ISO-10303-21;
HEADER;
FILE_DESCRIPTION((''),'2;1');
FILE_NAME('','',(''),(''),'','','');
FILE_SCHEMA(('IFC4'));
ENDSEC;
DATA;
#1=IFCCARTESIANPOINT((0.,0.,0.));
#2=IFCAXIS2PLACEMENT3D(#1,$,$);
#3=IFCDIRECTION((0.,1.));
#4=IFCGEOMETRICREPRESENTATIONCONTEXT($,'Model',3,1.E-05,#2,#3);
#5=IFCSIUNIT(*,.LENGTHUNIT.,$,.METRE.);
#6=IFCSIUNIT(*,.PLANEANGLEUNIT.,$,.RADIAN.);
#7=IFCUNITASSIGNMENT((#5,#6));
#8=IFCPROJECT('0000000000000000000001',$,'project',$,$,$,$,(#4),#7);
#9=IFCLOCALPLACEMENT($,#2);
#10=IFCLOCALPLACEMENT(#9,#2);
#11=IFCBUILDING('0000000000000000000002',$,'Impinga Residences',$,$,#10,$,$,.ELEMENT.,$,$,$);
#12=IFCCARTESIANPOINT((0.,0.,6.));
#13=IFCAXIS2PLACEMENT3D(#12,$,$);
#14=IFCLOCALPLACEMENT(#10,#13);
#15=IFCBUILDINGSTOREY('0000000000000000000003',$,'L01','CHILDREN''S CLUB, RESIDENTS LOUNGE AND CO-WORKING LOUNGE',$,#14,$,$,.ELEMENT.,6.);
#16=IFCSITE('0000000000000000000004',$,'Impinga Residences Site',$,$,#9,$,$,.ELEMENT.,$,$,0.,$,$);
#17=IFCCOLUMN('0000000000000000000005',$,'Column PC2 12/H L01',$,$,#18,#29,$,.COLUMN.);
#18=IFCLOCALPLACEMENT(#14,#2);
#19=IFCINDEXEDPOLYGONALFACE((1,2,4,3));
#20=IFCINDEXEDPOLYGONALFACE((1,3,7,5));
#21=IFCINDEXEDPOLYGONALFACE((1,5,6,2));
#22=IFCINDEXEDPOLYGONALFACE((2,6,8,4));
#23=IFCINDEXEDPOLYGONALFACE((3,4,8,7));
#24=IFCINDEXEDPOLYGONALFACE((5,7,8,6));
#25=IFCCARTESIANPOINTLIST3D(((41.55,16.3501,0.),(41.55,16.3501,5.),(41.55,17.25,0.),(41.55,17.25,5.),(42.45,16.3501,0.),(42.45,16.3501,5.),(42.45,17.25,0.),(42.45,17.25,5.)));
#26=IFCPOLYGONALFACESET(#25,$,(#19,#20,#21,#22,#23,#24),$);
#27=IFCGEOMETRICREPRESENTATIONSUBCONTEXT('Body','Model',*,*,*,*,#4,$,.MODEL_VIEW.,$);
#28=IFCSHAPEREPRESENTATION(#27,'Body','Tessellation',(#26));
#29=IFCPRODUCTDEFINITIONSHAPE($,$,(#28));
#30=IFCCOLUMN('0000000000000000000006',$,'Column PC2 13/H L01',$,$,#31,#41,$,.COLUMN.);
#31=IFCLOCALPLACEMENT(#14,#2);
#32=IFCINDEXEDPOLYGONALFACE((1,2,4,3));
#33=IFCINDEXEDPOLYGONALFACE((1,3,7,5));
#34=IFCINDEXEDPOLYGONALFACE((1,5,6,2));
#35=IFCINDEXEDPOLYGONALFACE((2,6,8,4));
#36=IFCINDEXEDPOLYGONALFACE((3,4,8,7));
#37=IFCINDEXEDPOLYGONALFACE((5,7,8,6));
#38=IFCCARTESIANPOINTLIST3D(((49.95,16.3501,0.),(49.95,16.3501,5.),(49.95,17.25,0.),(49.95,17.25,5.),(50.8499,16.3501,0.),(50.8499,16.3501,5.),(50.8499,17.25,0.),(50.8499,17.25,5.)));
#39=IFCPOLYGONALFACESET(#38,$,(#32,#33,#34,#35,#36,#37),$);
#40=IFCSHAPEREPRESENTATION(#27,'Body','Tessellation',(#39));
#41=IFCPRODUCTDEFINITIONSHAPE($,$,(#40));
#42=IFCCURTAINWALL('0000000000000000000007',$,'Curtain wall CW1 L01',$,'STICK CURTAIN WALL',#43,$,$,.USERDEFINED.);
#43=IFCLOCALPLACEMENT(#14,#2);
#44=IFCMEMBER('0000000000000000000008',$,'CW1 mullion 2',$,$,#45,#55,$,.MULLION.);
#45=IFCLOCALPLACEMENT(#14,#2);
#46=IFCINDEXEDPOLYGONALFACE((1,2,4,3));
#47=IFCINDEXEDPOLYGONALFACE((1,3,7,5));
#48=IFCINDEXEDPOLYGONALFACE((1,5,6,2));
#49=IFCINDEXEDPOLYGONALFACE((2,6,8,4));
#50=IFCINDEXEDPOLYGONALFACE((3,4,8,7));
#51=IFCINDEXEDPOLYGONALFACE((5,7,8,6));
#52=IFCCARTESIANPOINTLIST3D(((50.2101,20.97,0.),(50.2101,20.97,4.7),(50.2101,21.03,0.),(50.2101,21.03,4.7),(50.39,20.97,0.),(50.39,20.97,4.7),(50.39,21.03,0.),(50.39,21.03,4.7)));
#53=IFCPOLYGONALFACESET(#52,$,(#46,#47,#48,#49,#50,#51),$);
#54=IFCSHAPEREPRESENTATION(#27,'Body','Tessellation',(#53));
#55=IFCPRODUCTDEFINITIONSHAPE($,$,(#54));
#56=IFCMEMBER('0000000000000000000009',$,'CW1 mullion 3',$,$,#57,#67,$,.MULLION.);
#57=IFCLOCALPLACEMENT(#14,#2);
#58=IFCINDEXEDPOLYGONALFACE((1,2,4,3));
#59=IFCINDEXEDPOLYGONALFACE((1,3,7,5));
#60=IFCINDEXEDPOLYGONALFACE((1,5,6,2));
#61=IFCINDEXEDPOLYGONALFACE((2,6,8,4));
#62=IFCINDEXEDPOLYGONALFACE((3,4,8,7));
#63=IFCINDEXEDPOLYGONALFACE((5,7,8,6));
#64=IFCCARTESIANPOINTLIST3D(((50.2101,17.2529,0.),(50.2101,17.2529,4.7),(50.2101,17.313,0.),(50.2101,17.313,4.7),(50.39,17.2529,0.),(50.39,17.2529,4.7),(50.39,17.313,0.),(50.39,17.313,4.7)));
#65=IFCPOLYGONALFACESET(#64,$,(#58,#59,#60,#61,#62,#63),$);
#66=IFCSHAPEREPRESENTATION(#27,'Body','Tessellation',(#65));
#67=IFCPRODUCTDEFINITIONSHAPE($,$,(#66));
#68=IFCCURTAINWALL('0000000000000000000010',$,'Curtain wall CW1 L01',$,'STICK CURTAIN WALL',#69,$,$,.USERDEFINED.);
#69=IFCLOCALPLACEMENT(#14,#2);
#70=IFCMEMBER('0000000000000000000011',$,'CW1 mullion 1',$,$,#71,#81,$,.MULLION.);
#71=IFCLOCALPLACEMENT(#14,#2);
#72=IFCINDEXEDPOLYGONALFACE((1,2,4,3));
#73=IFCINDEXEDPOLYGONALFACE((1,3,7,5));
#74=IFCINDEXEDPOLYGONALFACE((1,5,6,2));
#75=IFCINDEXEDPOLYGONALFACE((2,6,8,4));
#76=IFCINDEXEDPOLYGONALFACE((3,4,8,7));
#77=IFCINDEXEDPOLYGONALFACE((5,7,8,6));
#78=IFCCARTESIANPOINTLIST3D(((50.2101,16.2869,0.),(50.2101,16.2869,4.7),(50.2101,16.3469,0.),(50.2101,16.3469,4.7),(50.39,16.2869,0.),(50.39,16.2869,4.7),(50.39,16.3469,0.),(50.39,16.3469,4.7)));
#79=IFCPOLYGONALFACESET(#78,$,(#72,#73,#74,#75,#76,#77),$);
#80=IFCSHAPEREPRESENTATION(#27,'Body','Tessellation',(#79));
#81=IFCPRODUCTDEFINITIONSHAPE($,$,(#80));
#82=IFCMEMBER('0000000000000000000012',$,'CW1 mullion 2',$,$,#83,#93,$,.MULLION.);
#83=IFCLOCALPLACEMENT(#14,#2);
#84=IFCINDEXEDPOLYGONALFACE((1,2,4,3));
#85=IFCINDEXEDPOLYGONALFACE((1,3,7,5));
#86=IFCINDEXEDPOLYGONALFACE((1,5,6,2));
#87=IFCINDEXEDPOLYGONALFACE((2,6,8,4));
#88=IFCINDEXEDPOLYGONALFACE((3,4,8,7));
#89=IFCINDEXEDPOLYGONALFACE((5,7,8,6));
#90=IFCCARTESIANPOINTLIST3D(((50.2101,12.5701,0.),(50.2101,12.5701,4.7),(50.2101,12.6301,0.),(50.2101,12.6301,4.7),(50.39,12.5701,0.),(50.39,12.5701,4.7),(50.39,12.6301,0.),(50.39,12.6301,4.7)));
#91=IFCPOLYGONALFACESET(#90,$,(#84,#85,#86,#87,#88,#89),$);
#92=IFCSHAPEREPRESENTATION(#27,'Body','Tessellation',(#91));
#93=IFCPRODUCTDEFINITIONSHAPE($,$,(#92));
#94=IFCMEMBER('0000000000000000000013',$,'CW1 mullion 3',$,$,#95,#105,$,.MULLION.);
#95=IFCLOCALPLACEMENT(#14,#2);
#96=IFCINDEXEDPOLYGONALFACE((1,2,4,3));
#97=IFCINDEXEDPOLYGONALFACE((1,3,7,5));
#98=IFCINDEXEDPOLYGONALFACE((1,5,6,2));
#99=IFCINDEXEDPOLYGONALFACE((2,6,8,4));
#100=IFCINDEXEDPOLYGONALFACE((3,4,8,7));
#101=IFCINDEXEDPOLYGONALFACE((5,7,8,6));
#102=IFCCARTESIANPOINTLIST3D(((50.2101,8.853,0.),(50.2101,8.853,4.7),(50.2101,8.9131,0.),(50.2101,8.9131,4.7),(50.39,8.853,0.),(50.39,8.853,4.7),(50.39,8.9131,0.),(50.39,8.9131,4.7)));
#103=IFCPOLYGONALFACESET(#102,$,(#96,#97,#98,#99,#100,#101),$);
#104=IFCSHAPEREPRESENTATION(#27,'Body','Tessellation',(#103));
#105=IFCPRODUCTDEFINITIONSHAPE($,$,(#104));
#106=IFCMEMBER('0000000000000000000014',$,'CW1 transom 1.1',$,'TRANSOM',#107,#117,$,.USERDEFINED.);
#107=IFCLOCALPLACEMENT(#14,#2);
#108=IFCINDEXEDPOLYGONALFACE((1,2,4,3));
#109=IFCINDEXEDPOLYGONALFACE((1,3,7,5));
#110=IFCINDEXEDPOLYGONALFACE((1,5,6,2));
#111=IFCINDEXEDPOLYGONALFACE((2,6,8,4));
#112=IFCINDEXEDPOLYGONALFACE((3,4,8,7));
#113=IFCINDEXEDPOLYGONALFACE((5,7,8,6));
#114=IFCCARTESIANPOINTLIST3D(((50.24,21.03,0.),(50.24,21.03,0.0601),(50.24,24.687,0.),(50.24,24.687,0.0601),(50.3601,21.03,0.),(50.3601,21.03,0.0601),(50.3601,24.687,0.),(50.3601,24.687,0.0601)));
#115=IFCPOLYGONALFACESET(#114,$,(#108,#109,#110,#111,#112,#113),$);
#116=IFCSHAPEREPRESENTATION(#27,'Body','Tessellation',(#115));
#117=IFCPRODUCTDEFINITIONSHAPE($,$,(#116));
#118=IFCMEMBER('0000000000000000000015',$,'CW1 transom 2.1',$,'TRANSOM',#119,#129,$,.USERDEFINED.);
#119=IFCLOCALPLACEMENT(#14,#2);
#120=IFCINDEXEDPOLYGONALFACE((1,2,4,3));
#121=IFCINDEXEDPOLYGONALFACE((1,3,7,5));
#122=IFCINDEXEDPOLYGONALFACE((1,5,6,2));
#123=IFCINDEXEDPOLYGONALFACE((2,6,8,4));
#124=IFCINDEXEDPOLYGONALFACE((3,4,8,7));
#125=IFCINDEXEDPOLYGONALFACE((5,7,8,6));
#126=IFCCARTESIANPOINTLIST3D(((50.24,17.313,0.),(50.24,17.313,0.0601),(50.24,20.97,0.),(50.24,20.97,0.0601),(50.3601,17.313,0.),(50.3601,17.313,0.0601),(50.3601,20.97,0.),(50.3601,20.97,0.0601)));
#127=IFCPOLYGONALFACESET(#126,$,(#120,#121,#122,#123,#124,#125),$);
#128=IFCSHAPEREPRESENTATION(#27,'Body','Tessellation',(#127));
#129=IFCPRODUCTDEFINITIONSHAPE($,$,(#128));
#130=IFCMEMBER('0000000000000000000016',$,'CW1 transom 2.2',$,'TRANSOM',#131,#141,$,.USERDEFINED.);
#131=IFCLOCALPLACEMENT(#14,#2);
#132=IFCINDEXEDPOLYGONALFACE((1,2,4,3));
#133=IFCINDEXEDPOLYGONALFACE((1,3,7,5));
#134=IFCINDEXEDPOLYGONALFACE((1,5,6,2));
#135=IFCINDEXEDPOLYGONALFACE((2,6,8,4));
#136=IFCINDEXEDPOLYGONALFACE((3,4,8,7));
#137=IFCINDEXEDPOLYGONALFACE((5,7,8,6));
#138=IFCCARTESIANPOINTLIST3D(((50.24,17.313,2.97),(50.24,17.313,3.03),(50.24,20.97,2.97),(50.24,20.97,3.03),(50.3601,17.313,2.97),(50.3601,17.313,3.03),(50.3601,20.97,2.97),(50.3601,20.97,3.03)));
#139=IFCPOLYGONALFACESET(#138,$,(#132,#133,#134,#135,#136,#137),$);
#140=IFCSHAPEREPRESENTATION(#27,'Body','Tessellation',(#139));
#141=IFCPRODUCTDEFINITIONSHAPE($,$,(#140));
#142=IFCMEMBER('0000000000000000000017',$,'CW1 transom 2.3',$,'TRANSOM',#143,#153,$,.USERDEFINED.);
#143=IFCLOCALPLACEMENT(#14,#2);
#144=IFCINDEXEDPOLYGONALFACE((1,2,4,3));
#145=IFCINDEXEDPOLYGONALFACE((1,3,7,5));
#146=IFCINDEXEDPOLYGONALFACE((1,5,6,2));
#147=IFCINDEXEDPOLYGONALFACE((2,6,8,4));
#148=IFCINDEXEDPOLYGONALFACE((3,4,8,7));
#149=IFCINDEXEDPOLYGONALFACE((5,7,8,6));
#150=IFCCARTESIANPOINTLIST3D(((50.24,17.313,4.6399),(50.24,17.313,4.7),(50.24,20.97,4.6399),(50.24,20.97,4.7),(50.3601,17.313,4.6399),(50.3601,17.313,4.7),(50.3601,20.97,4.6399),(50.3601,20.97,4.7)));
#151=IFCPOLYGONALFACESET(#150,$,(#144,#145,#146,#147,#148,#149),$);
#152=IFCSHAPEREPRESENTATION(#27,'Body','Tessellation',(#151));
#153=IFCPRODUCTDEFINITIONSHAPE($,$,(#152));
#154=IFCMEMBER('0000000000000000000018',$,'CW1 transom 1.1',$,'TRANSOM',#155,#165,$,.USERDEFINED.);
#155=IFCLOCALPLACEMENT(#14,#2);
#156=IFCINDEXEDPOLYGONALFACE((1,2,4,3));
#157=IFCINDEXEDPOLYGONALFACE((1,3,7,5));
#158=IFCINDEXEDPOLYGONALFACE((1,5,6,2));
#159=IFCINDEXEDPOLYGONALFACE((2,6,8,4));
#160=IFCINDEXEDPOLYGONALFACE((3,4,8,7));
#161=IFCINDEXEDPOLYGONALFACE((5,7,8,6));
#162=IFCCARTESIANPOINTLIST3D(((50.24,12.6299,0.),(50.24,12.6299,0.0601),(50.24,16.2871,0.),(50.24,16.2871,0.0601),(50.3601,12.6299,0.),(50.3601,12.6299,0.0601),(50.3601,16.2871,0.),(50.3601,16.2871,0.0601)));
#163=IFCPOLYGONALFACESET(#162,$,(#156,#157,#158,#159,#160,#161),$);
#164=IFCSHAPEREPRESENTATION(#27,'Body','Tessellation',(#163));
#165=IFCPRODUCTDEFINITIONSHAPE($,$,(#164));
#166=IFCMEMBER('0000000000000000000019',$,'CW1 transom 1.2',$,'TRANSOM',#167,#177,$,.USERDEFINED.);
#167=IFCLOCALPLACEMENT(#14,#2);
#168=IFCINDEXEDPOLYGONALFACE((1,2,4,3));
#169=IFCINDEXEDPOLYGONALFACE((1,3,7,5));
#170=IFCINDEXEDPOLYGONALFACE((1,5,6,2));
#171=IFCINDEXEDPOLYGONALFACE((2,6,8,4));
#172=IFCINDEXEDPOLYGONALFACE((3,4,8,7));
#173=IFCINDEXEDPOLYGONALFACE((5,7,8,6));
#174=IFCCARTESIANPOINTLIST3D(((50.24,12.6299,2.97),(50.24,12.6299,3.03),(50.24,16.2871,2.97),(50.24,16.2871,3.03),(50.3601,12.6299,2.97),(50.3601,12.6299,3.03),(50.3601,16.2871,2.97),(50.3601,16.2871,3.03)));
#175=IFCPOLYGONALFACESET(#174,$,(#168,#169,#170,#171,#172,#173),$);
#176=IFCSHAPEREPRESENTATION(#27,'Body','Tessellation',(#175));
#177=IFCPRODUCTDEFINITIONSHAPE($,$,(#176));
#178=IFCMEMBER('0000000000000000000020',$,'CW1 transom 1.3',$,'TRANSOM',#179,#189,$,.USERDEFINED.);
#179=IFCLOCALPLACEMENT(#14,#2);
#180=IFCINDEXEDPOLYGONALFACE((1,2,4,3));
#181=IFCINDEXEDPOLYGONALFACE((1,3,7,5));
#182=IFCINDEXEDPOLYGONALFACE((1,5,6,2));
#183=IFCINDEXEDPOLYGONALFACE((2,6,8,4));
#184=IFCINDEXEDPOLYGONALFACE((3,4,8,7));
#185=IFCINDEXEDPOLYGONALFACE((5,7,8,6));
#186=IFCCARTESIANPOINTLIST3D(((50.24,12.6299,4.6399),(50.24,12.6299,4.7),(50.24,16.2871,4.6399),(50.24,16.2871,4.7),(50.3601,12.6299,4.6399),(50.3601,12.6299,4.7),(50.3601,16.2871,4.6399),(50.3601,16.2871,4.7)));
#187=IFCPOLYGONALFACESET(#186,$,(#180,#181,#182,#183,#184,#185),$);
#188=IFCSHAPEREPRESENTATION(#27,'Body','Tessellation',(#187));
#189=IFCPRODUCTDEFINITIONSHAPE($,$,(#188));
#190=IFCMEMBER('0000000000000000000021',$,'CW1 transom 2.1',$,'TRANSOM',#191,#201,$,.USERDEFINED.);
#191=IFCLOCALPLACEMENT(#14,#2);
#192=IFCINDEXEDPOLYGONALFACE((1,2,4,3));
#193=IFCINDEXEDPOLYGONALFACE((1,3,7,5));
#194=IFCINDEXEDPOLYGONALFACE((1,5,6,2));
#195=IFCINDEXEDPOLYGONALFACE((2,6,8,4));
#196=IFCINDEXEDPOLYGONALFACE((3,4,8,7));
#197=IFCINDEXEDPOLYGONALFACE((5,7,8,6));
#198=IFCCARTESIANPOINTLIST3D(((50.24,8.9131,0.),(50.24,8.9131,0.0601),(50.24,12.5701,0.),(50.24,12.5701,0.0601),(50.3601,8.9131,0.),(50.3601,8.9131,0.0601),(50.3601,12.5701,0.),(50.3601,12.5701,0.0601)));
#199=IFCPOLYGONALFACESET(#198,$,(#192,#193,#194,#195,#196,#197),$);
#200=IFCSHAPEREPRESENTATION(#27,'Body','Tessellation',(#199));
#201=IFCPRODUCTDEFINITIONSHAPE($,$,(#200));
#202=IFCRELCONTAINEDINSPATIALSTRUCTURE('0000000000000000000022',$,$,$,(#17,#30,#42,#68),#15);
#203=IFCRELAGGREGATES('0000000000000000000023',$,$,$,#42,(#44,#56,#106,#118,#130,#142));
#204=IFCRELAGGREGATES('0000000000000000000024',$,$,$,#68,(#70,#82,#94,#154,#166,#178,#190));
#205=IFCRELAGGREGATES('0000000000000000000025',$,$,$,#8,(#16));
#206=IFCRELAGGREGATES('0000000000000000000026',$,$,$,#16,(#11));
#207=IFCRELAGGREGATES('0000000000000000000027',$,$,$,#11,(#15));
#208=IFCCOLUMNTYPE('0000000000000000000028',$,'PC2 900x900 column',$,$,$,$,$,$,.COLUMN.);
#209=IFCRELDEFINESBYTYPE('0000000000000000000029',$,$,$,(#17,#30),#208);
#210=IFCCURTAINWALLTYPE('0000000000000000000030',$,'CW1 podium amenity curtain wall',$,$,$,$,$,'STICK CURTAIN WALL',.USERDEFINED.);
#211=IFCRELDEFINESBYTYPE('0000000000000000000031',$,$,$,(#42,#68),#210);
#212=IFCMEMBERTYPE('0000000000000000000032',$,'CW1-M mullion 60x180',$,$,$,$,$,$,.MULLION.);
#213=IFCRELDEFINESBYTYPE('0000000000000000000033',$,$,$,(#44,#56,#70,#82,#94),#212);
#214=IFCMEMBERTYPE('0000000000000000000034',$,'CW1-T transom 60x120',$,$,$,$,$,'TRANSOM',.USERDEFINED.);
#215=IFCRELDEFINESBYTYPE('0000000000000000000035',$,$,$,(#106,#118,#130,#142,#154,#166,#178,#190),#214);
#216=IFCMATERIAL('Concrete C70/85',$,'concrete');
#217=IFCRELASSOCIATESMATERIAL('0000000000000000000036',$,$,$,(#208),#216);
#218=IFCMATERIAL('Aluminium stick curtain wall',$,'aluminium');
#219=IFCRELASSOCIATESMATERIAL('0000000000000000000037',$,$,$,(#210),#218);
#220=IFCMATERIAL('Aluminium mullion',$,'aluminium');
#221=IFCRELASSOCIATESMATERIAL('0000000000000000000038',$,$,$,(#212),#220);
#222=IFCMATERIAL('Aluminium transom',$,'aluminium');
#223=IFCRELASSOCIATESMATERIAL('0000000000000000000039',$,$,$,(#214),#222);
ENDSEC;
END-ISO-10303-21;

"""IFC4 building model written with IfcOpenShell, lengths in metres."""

from ifc_helpers import new_model, si_unit, direction, frame, origin, origin_2d, place, context, subcontext, project, spatial, rectangle, extrude, material, material_profile, profile_set, type_object, element, aggregate, save


model = new_model("IFC4")

# Units and contexts
model_context = context("Model", 3, precision=1e-05, world=origin(), true_north=direction((0.0, 1.0)))
body_context = subcontext(model_context, "Body", "Model", "MODEL_VIEW")
ifc_project = project(units=[si_unit("LENGTHUNIT", "METRE"), si_unit("PLANEANGLEUNIT", "RADIAN")], contexts=[model_context])

# Site, building, storey
site_placement = place(None, origin())
site = spatial("IfcSite", under=ifc_project, at=site_placement, Name="Impinga Residences Site", CompositionType="ELEMENT", RefElevation=0.0)
building_placement = place(site_placement, origin())
building = spatial("IfcBuilding", under=site, at=building_placement, Name="Impinga Residences", CompositionType="ELEMENT")
storey_placement = place(building_placement, frame((0.0, 0.0, 6.0)))
storey = spatial("IfcBuildingStorey", under=building, at=storey_placement, Name="L01", Description="CHILDREN'S CLUB, RESIDENTS LOUNGE AND CO-WORKING LOUNGE", CompositionType="ELEMENT", Elevation=6.0)

# Columns
ifc_material_1 = material(Name="Concrete C70/85", Category="concrete")
ifc_material_profile_1 = material_profile(ifc_material_1, rectangle(XDim=0.8999, YDim=0.8999, at=origin_2d()), Name="RC 900x900")
ifc_profile_set_1 = profile_set([ifc_material_profile_1], Name="Concrete C70/85")
column_type = type_object("IfcColumnType", Name="PC2 900x900 column", PredefinedType="COLUMN", material=ifc_profile_set_1)
for number, where, z_axis, x_axis, name in (
    (1, (42.0, 16.8, 0.0), (0.0, 0.0, 1.0), (1.0, 0.0, 0.0), "Column PC2 12/H L01"),
    (2, (50.3999, 16.8, 0.0), (0.0, 0.0, 1.0), (1.0, 0.0, 0.0), "Column PC2 13/H L01"),
):
    element("IfcColumn", number, at=place(storey_placement, frame(where, z_axis=z_axis, x_axis=x_axis)), inside=storey, type_object=column_type, Name=name, PredefinedType="COLUMN", context=body_context, shape_type="SweptSolid", body=[
        extrude(rectangle(XDim=0.8999, YDim=0.8999, at=origin_2d()), origin(), (0.0, 0.0, 1.0), 5.0),
    ])

# Curtain walls, members
ifc_material_2 = material(Name="Aluminium stick curtain wall", Category="aluminium")
curtain_wall_type = type_object("IfcCurtainWallType", Name="CW1 podium amenity curtain wall", ElementType="STICK CURTAIN WALL", PredefinedType="USERDEFINED", material=ifc_material_2)
curtain_wall_1_placement = place(storey_placement, origin())
curtain_wall_1 = element("IfcCurtainWall", 3, at=curtain_wall_1_placement, inside=storey, type_object=curtain_wall_type, Name="Curtain wall CW1 L01", ObjectType="STICK CURTAIN WALL", PredefinedType="USERDEFINED")
ifc_material_3 = material(Name="Aluminium mullion", Category="aluminium")
ifc_material_profile_2 = material_profile(ifc_material_3, rectangle(XDim=0.0601, YDim=0.1799, at=origin_2d()), Name="60x180 mullion")
ifc_profile_set_2 = profile_set([ifc_material_profile_2], Name="Aluminium mullion")
member_type_1 = type_object("IfcMemberType", Name="CW1-M mullion 60x180", PredefinedType="MULLION", material=ifc_profile_set_2)
member_1_placement = place(storey_placement, frame((50.3, 21.0, 0.0), z_axis=(0.0, 0.0, 1.0), x_axis=(0.0, -1.0, 0.0)))
member_1 = element("IfcMember", 4, at=member_1_placement, type_object=member_type_1, Name="CW1 mullion 2", PredefinedType="MULLION", context=body_context, shape_type="SweptSolid", body=[
    extrude(rectangle(XDim=0.0601, YDim=0.1799, at=origin_2d()), origin(), (0.0, 0.0, 1.0), 4.7),
])
member_2_placement = place(storey_placement, frame((50.3, 17.283, 0.0), z_axis=(0.0, 0.0, 1.0), x_axis=(0.0, -1.0, 0.0)))
member_2 = element("IfcMember", 5, at=member_2_placement, type_object=member_type_1, Name="CW1 mullion 3", PredefinedType="MULLION", context=body_context, shape_type="SweptSolid", body=[
    extrude(rectangle(XDim=0.0601, YDim=0.1799, at=origin_2d()), origin(), (0.0, 0.0, 1.0), 4.7),
])
curtain_wall_2_placement = place(storey_placement, origin())
curtain_wall_2 = element("IfcCurtainWall", 6, at=curtain_wall_2_placement, inside=storey, type_object=curtain_wall_type, Name="Curtain wall CW1 L01", ObjectType="STICK CURTAIN WALL", PredefinedType="USERDEFINED")
member_3_placement = place(storey_placement, frame((50.3, 16.3169, 0.0), z_axis=(0.0, 0.0, 1.0), x_axis=(0.0, -1.0, 0.0)))
member_3 = element("IfcMember", 7, at=member_3_placement, type_object=member_type_1, Name="CW1 mullion 1", PredefinedType="MULLION", context=body_context, shape_type="SweptSolid", body=[
    extrude(rectangle(XDim=0.0601, YDim=0.1799, at=origin_2d()), origin(), (0.0, 0.0, 1.0), 4.7),
])
member_4_placement = place(storey_placement, frame((50.3, 12.6001, 0.0), z_axis=(0.0, 0.0, 1.0), x_axis=(0.0, -1.0, 0.0)))
member_4 = element("IfcMember", 8, at=member_4_placement, type_object=member_type_1, Name="CW1 mullion 2", PredefinedType="MULLION", context=body_context, shape_type="SweptSolid", body=[
    extrude(rectangle(XDim=0.0601, YDim=0.1799, at=origin_2d()), origin(), (0.0, 0.0, 1.0), 4.7),
])
member_5_placement = place(storey_placement, frame((50.3, 8.8831, 0.0), z_axis=(0.0, 0.0, 1.0), x_axis=(0.0, -1.0, 0.0)))
member_5 = element("IfcMember", 9, at=member_5_placement, type_object=member_type_1, Name="CW1 mullion 3", PredefinedType="MULLION", context=body_context, shape_type="SweptSolid", body=[
    extrude(rectangle(XDim=0.0601, YDim=0.1799, at=origin_2d()), origin(), (0.0, 0.0, 1.0), 4.7),
])

# Members
ifc_material_4 = material(Name="Aluminium transom", Category="aluminium")
ifc_material_profile_3 = material_profile(ifc_material_4, rectangle(XDim=0.0601, YDim=0.1201, at=origin_2d()), Name="60x120 transom")
ifc_profile_set_3 = profile_set([ifc_material_profile_3], Name="Aluminium transom")
member_type_2 = type_object("IfcMemberType", Name="CW1-T transom 60x120", ElementType="TRANSOM", PredefinedType="USERDEFINED", material=ifc_profile_set_3)
member_6_placement = place(storey_placement, frame((50.3, 24.687, 0.03), z_axis=(0.0, -1.0, 0.0), x_axis=(0.0, 0.0, 1.0)))
member_6 = element("IfcMember", 10, at=member_6_placement, type_object=member_type_2, Name="CW1 transom 1.1", ObjectType="TRANSOM", PredefinedType="USERDEFINED", context=body_context, shape_type="SweptSolid", body=[
    extrude(rectangle(XDim=0.0601, YDim=0.1201, at=origin_2d()), origin(), (0.0, 0.0, 1.0), 3.657),
])
member_7_placement = place(storey_placement, frame((50.3, 20.97, 0.03), z_axis=(0.0, -1.0, 0.0), x_axis=(0.0, 0.0, 1.0)))
member_7 = element("IfcMember", 11, at=member_7_placement, type_object=member_type_2, Name="CW1 transom 2.1", ObjectType="TRANSOM", PredefinedType="USERDEFINED", context=body_context, shape_type="SweptSolid", body=[
    extrude(rectangle(XDim=0.0601, YDim=0.1201, at=origin_2d()), origin(), (0.0, 0.0, 1.0), 3.657),
])
member_8_placement = place(storey_placement, frame((50.3, 20.97, 3.0), z_axis=(0.0, -1.0, 0.0), x_axis=(0.0, 0.0, 1.0)))
member_8 = element("IfcMember", 12, at=member_8_placement, type_object=member_type_2, Name="CW1 transom 2.2", ObjectType="TRANSOM", PredefinedType="USERDEFINED", context=body_context, shape_type="SweptSolid", body=[
    extrude(rectangle(XDim=0.0601, YDim=0.1201, at=origin_2d()), origin(), (0.0, 0.0, 1.0), 3.657),
])
member_9_placement = place(storey_placement, frame((50.3, 20.97, 4.6699), z_axis=(0.0, -1.0, 0.0), x_axis=(0.0, 0.0, 1.0)))
member_9 = element("IfcMember", 13, at=member_9_placement, type_object=member_type_2, Name="CW1 transom 2.3", ObjectType="TRANSOM", PredefinedType="USERDEFINED", context=body_context, shape_type="SweptSolid", body=[
    extrude(rectangle(XDim=0.0601, YDim=0.1201, at=origin_2d()), origin(), (0.0, 0.0, 1.0), 3.657),
])
member_10_placement = place(storey_placement, frame((50.3, 16.2871, 0.03), z_axis=(0.0, -1.0, 0.0), x_axis=(0.0, 0.0, 1.0)))
member_10 = element("IfcMember", 14, at=member_10_placement, type_object=member_type_2, Name="CW1 transom 1.1", ObjectType="TRANSOM", PredefinedType="USERDEFINED", context=body_context, shape_type="SweptSolid", body=[
    extrude(rectangle(XDim=0.0601, YDim=0.1201, at=origin_2d()), origin(), (0.0, 0.0, 1.0), 3.6572),
])
member_11_placement = place(storey_placement, frame((50.3, 16.2871, 3.0), z_axis=(0.0, -1.0, 0.0), x_axis=(0.0, 0.0, 1.0)))
member_11 = element("IfcMember", 15, at=member_11_placement, type_object=member_type_2, Name="CW1 transom 1.2", ObjectType="TRANSOM", PredefinedType="USERDEFINED", context=body_context, shape_type="SweptSolid", body=[
    extrude(rectangle(XDim=0.0601, YDim=0.1201, at=origin_2d()), origin(), (0.0, 0.0, 1.0), 3.6572),
])
member_12_placement = place(storey_placement, frame((50.3, 16.2871, 4.6699), z_axis=(0.0, -1.0, 0.0), x_axis=(0.0, 0.0, 1.0)))
member_12 = element("IfcMember", 16, at=member_12_placement, type_object=member_type_2, Name="CW1 transom 1.3", ObjectType="TRANSOM", PredefinedType="USERDEFINED", context=body_context, shape_type="SweptSolid", body=[
    extrude(rectangle(XDim=0.0601, YDim=0.1201, at=origin_2d()), origin(), (0.0, 0.0, 1.0), 3.6572),
])
member_13_placement = place(storey_placement, frame((50.3, 12.5701, 0.03), z_axis=(0.0, -1.0, 0.0), x_axis=(0.0, 0.0, 1.0)))
member_13 = element("IfcMember", 17, at=member_13_placement, type_object=member_type_2, Name="CW1 transom 2.1", ObjectType="TRANSOM", PredefinedType="USERDEFINED", context=body_context, shape_type="SweptSolid", body=[
    extrude(rectangle(XDim=0.0601, YDim=0.1201, at=origin_2d()), origin(), (0.0, 0.0, 1.0), 3.657),
])

aggregate(curtain_wall_1, [member_1, member_2, member_6, member_7, member_8, member_9])
aggregate(curtain_wall_2, [member_3, member_4, member_5, member_10, member_11, member_12, member_13])

save(model, "model.ifc")
